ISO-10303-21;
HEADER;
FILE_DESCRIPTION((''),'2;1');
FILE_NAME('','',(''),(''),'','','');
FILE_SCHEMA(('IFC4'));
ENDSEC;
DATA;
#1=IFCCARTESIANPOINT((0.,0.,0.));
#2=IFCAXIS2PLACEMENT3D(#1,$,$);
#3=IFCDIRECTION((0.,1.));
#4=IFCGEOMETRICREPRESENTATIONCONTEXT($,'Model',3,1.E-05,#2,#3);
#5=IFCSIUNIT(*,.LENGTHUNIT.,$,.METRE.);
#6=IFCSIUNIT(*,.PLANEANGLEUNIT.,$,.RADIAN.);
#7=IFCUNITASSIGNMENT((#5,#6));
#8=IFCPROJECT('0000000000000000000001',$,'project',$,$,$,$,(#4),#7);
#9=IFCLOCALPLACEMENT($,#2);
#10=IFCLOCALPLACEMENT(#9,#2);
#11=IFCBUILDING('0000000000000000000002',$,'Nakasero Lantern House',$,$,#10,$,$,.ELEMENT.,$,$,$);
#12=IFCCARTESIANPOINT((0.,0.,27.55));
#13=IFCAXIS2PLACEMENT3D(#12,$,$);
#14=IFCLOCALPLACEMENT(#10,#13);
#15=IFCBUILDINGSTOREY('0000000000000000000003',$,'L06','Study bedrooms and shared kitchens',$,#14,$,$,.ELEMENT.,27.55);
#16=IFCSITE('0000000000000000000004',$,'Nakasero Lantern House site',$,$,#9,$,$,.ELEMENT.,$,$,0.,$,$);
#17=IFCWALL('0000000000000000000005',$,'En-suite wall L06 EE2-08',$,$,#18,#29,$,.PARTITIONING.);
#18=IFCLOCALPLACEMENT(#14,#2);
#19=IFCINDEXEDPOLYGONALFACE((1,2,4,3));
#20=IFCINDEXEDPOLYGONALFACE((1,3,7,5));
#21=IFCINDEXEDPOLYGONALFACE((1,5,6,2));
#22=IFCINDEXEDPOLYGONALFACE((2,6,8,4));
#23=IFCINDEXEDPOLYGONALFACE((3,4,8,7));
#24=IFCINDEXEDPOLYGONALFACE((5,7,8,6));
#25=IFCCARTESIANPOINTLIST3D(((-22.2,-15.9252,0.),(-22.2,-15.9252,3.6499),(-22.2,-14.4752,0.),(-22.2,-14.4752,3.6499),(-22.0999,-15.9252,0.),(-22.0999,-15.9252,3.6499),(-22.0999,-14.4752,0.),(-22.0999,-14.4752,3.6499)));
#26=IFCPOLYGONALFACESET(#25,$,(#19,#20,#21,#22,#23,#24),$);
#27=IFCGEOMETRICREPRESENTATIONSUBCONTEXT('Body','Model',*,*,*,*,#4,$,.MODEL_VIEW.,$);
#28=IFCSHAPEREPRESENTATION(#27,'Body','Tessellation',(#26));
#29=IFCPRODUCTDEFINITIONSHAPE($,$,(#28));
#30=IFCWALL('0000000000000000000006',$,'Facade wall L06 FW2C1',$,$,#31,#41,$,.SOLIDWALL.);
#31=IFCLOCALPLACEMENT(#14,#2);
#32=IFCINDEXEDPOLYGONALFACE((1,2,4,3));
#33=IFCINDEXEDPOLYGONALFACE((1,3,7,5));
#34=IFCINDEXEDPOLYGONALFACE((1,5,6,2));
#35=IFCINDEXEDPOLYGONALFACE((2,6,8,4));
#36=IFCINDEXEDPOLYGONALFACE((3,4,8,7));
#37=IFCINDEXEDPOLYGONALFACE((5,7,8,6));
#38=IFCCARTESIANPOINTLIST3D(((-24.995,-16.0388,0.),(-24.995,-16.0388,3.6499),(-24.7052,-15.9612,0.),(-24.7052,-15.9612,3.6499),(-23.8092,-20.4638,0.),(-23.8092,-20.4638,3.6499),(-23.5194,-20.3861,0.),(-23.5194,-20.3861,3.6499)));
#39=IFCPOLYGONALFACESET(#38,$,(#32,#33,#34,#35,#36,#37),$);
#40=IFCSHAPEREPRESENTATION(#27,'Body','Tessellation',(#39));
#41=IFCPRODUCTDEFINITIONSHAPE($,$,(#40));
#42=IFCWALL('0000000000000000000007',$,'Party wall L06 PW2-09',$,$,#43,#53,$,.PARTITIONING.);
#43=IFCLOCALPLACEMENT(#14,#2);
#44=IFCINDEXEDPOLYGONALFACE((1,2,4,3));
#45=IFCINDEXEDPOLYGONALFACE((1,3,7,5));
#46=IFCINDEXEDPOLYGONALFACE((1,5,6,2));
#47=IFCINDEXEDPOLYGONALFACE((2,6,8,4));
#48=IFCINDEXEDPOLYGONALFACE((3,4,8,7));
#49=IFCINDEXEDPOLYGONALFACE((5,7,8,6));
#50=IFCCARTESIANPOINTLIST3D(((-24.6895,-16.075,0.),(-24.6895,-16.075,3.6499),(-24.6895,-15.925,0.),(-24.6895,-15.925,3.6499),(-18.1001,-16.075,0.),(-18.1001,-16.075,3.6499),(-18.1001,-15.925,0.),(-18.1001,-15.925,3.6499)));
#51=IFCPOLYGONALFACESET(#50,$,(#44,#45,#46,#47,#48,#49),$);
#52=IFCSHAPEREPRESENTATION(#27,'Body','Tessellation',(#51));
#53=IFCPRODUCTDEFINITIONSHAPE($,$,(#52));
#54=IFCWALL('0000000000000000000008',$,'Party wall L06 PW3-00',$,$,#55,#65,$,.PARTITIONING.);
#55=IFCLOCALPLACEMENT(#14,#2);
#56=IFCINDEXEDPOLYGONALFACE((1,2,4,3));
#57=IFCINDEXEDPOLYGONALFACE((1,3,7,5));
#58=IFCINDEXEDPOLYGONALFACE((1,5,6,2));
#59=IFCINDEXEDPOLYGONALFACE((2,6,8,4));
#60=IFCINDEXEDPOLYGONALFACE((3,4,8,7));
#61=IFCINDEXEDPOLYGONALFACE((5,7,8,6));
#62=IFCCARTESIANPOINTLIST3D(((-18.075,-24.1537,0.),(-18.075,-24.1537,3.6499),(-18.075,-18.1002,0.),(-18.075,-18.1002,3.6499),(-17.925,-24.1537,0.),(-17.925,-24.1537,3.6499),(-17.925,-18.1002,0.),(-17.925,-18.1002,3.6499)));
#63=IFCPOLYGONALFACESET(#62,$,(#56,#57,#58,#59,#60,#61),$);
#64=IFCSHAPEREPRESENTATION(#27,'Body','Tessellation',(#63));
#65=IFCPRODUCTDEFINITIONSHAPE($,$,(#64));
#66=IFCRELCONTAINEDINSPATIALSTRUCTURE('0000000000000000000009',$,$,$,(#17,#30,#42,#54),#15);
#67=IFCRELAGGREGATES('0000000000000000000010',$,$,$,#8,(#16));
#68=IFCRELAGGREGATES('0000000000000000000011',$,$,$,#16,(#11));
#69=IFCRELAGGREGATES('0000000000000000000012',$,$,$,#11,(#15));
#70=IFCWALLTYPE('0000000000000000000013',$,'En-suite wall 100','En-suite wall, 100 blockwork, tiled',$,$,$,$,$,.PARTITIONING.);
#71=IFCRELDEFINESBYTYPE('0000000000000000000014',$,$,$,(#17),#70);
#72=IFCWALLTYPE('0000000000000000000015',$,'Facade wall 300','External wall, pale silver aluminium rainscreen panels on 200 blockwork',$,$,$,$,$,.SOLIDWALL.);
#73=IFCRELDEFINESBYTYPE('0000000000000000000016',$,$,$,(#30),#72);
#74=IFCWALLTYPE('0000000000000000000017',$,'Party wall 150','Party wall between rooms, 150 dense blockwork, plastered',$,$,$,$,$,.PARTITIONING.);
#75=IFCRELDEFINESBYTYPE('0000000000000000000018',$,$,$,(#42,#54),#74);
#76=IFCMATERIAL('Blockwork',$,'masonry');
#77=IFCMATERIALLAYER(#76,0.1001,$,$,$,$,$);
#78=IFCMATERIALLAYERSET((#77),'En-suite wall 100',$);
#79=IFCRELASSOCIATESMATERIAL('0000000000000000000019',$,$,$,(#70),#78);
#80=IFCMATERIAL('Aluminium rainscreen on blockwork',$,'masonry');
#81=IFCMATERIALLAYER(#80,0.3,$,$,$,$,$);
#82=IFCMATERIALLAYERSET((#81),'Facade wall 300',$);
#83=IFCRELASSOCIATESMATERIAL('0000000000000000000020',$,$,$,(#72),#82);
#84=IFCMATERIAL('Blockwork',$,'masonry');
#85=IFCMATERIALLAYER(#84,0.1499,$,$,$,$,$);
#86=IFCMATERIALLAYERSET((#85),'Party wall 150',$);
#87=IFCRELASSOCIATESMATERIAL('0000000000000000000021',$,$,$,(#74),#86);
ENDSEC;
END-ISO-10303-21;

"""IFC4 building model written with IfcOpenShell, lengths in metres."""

from ifc_helpers import new_model, si_unit, direction, frame, frame_2d, origin, place, context, subcontext, project, spatial, rectangle, extrude, material, layer, layer_set, type_object, element, save


model = new_model("IFC4")

# Units and contexts
model_context = context("Model", 3, precision=1e-05, world=origin(), true_north=direction((0.0, 1.0)))
body_context = subcontext(model_context, "Body", "Model", "MODEL_VIEW")
ifc_project = project(units=[si_unit("LENGTHUNIT", "METRE"), si_unit("PLANEANGLEUNIT", "RADIAN")], contexts=[model_context])

# Site, building, storey
site_placement = place(None, origin())
site = spatial("IfcSite", under=ifc_project, at=site_placement, Name="Nakasero Lantern House site", CompositionType="ELEMENT", RefElevation=0.0)
building_placement = place(site_placement, origin())
building = spatial("IfcBuilding", under=site, at=building_placement, Name="Nakasero Lantern House", CompositionType="ELEMENT")
storey_placement = place(building_placement, frame((0.0, 0.0, 27.55)))
storey = spatial("IfcBuildingStorey", under=building, at=storey_placement, Name="L06", Description="Study bedrooms and shared kitchens", CompositionType="ELEMENT", Elevation=27.55)

# Shared definitions
ifc_material_1 = material(Name="Blockwork", Category="masonry")
ifc_layer_1 = layer(ifc_material_1, 0.1001)
ifc_layer_set_1 = layer_set([ifc_layer_1], Name="En-suite wall 100")
wall_type_1 = type_object("IfcWallType", Name="En-suite wall 100", Description="En-suite wall, 100 blockwork, tiled", PredefinedType="PARTITIONING", material=ifc_layer_set_1)

# Walls
wall_1_placement = place(storey_placement, frame((-22.1499, -14.4751, 0.0), z_axis=(0.0, 0.0, 1.0), x_axis=(0.0, -1.0, 0.0)))
element("IfcWall", 1, at=wall_1_placement, inside=storey, type_object=wall_type_1, Name="En-suite wall L06 EE2-08", PredefinedType="PARTITIONING", context=body_context, shape_type="SweptSolid", body=[
    extrude(rectangle(XDim=1.45, YDim=0.1001, at=frame_2d((0.7251, 0.0))), origin(), (0.0, 0.0, 1.0), 3.6499),
])
ifc_material_2 = material(Name="Aluminium rainscreen on blockwork", Category="masonry")
ifc_layer_2 = layer(ifc_material_2, 0.3)
ifc_layer_set_2 = layer_set([ifc_layer_2], Name="Facade wall 300")
wall_type_2 = type_object("IfcWallType", Name="Facade wall 300", Description="External wall, pale silver aluminium rainscreen panels on 200 blockwork", PredefinedType="SOLIDWALL", material=ifc_layer_set_2)
wall_2_placement = place(storey_placement, frame((-24.8501, -16.0, 0.0), z_axis=(0.0, 0.0, 1.0), x_axis=(0.25884, -0.96592, 0.0)))
element("IfcWall", 2, at=wall_2_placement, inside=storey, type_object=wall_type_2, Name="Facade wall L06 FW2C1", PredefinedType="SOLIDWALL", context=body_context, shape_type="SweptSolid", body=[
    extrude(rectangle(XDim=4.5811, YDim=0.3, at=frame_2d((2.2905, 0.0))), origin(), (0.0, 0.0, 1.0), 3.6499),
])
ifc_material_3 = material(Name="Blockwork", Category="masonry")
ifc_layer_3 = layer(ifc_material_3, 0.1499)
ifc_layer_set_3 = layer_set([ifc_layer_3], Name="Party wall 150")
wall_type_3 = type_object("IfcWallType", Name="Party wall 150", Description="Party wall between rooms, 150 dense blockwork, plastered", PredefinedType="PARTITIONING", material=ifc_layer_set_3)
wall_3_placement = place(storey_placement, frame((-18.1001, -16.0, 0.0), z_axis=(0.0, 0.0, 1.0), x_axis=(-1.0, 0.0, 0.0)))
element("IfcWall", 3, at=wall_3_placement, inside=storey, type_object=wall_type_3, Name="Party wall L06 PW2-09", PredefinedType="PARTITIONING", context=body_context, shape_type="SweptSolid", body=[
    extrude(rectangle(XDim=6.5894, YDim=0.1499, at=frame_2d((3.2947, 0.0))), origin(), (0.0, 0.0, 1.0), 3.6499),
])
wall_4_placement = place(storey_placement, frame((-18.0, -18.1001, 0.0), z_axis=(0.0, 0.0, 1.0), x_axis=(0.0, -1.0, 0.0)))
element("IfcWall", 4, at=wall_4_placement, inside=storey, type_object=wall_type_3, Name="Party wall L06 PW3-00", PredefinedType="PARTITIONING", context=body_context, shape_type="SweptSolid", body=[
    extrude(rectangle(XDim=6.0535, YDim=0.1499, at=frame_2d((3.0269, 0.0))), origin(), (0.0, 0.0, 1.0), 3.6499),
])

save(model, "model.ifc")
